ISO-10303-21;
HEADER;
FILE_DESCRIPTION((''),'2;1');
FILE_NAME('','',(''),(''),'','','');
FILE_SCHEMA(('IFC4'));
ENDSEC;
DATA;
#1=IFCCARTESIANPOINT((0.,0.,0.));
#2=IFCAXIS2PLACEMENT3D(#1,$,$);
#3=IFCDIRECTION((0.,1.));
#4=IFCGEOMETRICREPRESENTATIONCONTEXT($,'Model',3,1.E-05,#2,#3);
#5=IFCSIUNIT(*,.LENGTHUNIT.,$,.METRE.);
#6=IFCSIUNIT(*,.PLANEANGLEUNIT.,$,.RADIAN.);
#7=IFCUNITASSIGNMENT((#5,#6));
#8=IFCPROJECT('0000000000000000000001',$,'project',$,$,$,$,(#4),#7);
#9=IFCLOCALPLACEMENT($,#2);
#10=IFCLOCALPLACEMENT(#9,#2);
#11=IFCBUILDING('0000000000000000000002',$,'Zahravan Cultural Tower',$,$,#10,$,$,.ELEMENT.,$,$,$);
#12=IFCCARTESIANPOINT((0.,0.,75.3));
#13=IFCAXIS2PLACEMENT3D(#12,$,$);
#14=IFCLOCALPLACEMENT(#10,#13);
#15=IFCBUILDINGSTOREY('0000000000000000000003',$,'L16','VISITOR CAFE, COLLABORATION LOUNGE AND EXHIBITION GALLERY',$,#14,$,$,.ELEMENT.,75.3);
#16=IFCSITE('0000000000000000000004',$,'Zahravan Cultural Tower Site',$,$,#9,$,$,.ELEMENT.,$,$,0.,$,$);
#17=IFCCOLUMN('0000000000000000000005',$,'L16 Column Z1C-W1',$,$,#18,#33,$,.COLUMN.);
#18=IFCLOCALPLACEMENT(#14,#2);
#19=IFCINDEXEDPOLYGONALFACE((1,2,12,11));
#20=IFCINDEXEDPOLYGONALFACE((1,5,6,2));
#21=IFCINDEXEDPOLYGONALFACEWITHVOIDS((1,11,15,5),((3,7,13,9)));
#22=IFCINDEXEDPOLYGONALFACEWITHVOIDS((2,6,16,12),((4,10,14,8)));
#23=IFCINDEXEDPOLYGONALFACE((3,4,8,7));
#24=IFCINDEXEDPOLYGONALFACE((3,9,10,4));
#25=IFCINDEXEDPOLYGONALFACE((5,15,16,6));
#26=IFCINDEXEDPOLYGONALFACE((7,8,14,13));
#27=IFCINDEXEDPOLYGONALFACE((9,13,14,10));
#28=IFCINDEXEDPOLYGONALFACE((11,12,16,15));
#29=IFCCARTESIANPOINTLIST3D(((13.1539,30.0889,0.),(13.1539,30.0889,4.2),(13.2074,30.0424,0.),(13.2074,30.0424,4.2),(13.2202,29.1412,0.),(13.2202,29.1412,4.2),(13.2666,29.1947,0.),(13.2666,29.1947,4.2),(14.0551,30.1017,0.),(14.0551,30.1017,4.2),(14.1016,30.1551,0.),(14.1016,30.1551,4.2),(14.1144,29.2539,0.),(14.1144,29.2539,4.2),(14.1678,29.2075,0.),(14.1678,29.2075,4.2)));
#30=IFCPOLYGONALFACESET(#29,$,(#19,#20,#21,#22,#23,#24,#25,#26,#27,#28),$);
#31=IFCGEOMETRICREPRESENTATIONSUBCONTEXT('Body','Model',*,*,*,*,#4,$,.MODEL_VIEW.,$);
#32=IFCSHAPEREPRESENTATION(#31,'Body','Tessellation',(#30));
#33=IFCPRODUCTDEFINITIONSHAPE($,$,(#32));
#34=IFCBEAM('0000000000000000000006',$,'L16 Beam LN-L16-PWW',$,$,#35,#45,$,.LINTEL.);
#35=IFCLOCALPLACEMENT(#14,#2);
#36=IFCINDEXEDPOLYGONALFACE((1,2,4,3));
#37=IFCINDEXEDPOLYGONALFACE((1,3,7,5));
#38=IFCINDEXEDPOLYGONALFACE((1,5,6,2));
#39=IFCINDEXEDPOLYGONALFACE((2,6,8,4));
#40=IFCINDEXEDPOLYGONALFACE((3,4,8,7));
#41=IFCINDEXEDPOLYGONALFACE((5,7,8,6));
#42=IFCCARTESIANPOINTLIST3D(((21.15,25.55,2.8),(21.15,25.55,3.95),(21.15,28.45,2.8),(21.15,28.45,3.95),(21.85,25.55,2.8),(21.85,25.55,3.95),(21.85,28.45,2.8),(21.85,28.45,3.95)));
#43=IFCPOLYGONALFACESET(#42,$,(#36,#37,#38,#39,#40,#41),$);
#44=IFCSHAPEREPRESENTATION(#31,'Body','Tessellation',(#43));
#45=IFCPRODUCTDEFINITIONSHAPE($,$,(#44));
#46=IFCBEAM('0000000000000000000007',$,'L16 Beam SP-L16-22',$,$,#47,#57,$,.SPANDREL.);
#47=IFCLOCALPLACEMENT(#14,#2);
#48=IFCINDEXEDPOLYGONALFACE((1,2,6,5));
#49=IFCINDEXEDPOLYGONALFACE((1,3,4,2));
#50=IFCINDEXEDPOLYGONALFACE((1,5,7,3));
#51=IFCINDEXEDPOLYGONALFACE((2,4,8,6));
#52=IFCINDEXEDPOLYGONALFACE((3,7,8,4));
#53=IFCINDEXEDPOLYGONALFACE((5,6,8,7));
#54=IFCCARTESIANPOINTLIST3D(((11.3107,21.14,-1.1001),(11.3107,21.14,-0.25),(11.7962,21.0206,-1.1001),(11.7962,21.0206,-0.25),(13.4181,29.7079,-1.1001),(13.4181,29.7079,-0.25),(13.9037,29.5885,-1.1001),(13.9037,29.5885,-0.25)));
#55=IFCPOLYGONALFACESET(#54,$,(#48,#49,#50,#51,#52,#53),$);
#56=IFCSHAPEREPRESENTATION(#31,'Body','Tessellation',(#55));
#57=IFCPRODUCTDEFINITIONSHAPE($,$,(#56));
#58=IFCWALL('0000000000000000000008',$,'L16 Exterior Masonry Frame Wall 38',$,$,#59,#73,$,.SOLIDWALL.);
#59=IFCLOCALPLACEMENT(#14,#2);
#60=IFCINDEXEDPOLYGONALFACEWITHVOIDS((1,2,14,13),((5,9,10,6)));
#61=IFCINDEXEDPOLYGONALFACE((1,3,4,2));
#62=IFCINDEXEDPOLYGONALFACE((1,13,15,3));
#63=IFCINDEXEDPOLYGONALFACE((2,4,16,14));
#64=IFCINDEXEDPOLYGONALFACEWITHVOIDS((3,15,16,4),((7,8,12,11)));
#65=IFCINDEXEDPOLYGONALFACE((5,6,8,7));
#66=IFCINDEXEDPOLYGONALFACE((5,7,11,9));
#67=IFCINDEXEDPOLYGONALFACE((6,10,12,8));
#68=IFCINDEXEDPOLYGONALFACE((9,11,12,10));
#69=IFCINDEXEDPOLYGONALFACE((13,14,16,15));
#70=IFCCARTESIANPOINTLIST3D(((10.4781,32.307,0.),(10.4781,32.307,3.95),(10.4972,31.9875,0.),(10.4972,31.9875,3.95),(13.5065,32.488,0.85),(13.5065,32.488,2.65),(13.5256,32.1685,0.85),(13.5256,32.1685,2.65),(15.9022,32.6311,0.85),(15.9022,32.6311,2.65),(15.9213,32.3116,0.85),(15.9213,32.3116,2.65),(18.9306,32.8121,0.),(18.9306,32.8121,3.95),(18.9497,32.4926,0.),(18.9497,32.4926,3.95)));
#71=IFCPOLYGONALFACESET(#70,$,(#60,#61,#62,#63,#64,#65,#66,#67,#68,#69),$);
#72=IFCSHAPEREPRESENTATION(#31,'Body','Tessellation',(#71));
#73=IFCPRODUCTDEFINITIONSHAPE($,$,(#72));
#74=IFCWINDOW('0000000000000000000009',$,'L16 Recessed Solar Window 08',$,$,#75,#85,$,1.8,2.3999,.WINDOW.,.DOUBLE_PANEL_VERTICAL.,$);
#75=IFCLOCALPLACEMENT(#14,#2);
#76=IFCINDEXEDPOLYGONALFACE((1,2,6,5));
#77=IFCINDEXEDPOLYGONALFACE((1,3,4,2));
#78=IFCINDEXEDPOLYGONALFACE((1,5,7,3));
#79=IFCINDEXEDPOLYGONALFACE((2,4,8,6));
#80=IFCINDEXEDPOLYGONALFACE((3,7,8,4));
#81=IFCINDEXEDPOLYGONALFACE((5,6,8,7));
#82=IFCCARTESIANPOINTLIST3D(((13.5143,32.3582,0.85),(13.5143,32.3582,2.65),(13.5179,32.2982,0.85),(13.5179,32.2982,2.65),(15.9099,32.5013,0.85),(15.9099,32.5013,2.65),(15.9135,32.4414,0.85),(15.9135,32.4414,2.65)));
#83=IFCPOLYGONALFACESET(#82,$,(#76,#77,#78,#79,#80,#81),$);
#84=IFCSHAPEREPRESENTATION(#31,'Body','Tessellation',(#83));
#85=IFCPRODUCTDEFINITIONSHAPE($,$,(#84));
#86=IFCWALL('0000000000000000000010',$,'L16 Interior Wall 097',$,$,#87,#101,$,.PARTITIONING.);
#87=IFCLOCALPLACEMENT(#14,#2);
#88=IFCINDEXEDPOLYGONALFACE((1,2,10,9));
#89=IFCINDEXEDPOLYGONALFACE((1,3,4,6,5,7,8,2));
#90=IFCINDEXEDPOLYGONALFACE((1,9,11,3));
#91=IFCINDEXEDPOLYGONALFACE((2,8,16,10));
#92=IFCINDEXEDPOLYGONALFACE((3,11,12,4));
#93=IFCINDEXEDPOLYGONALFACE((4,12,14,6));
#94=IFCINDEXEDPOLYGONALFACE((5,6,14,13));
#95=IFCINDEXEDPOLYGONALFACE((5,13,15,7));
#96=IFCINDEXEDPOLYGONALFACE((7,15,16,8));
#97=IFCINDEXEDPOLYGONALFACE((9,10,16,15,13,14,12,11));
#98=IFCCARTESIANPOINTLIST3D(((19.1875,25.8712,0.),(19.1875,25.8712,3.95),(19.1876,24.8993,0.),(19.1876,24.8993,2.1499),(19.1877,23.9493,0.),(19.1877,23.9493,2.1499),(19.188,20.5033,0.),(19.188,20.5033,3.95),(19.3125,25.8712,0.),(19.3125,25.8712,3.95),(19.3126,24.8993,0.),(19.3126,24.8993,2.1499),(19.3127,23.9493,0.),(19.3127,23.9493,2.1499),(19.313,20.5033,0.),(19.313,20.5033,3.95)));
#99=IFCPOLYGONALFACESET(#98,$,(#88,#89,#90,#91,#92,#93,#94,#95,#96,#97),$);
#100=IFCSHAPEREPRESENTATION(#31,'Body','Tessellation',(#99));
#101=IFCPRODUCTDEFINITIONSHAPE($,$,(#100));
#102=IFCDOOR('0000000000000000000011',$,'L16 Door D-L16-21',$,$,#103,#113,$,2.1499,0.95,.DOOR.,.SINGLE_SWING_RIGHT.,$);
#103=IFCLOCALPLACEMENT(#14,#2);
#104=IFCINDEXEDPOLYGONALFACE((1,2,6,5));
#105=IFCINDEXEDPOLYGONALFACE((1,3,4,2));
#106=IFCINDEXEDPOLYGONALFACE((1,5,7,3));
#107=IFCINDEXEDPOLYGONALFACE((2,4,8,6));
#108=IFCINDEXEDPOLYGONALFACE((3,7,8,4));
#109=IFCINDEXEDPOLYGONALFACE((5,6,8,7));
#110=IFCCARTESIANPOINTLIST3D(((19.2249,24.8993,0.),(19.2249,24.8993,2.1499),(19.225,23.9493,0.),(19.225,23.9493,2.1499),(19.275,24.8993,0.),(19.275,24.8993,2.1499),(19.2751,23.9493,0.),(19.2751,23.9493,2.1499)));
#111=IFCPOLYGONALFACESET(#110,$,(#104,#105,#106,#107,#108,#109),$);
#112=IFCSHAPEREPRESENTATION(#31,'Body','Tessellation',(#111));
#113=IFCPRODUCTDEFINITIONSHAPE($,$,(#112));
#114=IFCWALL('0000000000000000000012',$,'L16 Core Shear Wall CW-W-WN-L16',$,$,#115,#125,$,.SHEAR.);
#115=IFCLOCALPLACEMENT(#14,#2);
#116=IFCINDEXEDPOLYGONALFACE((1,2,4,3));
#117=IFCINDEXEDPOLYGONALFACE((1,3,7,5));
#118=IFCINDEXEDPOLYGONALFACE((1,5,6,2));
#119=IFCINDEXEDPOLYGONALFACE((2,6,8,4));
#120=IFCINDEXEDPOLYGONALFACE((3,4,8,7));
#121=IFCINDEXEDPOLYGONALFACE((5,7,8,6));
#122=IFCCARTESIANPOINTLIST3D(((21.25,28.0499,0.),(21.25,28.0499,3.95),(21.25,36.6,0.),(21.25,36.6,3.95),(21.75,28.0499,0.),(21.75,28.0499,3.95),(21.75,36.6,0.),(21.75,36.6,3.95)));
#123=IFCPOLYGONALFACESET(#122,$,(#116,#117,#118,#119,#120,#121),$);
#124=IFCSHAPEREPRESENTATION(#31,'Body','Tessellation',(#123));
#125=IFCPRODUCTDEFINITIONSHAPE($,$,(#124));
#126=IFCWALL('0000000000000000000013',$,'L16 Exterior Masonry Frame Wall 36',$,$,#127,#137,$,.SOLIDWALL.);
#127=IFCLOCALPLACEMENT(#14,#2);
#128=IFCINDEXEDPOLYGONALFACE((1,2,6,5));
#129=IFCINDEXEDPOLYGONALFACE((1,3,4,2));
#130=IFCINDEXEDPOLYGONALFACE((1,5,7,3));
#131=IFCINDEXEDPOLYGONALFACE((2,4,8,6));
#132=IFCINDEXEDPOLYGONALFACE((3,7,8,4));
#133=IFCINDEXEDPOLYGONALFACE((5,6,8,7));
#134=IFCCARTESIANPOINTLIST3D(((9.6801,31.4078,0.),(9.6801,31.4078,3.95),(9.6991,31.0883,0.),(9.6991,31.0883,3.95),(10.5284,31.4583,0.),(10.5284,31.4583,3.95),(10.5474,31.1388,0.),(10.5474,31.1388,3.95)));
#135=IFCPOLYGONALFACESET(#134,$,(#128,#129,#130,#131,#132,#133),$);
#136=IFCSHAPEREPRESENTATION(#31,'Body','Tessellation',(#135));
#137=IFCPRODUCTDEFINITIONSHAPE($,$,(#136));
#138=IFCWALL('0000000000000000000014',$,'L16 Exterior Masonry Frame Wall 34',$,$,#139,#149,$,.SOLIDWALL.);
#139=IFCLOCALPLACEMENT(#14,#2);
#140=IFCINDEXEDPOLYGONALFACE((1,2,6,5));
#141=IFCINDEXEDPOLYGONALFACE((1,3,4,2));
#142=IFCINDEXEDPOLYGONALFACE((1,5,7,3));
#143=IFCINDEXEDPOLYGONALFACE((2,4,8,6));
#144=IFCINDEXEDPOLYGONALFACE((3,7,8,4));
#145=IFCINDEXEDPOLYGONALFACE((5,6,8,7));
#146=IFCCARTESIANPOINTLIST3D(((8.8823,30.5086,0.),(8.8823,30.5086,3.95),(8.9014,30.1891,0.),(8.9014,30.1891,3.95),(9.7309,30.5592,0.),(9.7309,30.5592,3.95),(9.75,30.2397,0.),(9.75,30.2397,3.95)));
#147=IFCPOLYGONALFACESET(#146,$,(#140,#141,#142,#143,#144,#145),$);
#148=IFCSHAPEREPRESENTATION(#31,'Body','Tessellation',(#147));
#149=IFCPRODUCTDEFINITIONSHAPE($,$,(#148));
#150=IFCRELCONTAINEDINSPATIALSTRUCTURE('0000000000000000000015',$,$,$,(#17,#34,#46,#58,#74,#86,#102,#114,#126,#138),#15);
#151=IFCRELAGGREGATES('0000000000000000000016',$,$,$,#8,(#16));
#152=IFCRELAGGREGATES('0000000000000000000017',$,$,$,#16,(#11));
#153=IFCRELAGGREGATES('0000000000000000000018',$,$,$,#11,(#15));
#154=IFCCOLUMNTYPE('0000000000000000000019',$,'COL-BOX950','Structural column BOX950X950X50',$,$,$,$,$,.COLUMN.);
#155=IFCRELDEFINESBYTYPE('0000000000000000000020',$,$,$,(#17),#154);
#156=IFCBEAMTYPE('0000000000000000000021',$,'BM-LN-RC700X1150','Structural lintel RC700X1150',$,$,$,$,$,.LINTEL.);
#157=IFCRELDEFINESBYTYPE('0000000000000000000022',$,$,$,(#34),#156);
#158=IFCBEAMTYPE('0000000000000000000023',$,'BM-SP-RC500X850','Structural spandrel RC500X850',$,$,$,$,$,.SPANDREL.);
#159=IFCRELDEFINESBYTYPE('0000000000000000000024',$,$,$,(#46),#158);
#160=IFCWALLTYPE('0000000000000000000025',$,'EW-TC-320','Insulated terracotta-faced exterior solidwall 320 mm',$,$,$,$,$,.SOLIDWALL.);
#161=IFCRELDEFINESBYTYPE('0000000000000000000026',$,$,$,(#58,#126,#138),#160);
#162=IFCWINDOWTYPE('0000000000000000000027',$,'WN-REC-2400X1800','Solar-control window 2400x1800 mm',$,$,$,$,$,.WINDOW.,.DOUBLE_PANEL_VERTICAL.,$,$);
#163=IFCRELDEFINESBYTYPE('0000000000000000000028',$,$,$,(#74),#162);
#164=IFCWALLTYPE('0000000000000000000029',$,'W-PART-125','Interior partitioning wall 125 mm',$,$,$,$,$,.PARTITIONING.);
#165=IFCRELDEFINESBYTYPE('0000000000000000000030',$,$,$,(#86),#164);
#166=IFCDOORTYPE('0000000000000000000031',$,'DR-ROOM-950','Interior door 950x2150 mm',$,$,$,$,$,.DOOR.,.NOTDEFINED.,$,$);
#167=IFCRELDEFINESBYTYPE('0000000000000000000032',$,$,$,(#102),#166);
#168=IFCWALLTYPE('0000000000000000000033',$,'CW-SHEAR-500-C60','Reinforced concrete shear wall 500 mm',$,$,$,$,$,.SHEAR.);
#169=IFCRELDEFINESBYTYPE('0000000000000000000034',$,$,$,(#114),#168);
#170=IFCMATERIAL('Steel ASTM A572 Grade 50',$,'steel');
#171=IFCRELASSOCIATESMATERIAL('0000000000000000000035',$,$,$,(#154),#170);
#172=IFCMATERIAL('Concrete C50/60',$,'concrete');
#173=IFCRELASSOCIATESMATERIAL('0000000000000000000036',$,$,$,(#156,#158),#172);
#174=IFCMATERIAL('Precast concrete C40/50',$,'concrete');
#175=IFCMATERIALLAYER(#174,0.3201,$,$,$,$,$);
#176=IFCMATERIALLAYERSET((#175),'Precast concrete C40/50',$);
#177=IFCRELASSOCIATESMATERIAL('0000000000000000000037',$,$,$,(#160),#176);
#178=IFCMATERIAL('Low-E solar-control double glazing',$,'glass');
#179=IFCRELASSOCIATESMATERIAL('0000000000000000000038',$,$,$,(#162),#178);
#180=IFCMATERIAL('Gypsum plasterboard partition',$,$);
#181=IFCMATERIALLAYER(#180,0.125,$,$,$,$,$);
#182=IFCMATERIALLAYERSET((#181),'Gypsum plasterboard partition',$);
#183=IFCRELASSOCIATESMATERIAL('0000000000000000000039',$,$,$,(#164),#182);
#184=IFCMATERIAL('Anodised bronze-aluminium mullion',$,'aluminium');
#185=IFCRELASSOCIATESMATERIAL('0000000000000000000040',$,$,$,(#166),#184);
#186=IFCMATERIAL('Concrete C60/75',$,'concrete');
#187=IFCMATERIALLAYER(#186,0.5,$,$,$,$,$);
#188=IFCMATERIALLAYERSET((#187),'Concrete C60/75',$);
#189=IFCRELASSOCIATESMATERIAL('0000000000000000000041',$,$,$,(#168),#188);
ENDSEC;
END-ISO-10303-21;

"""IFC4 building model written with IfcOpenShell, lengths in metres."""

from ifc_helpers import new_model, si_unit, direction, frame, frame_2d, origin, origin_2d, place, context, subcontext, project, spatial, rectangle, hollow_rectangle, extrude, source, transform, mapped, material, layer, layer_set, material_profile, profile_set, type_object, element, fill, save


model = new_model("IFC4")

# Units and contexts
model_context = context("Model", 3, precision=1e-05, world=origin(), true_north=direction((0.0, 1.0)))
body_context = subcontext(model_context, "Body", "Model", "MODEL_VIEW")
ifc_project = project(units=[si_unit("LENGTHUNIT", "METRE"), si_unit("PLANEANGLEUNIT", "RADIAN")], contexts=[model_context])

# Site, building, storey
site_placement = place(None, origin())
site = spatial("IfcSite", under=ifc_project, at=site_placement, Name="Zahravan Cultural Tower Site", CompositionType="ELEMENT", RefElevation=0.0)
building_placement = place(site_placement, origin())
building = spatial("IfcBuilding", under=site, at=building_placement, Name="Zahravan Cultural Tower", CompositionType="ELEMENT")
storey_placement = place(building_placement, frame((0.0, 0.0, 75.3)))
storey = spatial("IfcBuildingStorey", under=building, at=storey_placement, Name="L16", Description="VISITOR CAFE, COLLABORATION LOUNGE AND EXHIBITION GALLERY", CompositionType="ELEMENT", Elevation=75.3)

# Column
ifc_material_1 = material(Name="Steel ASTM A572 Grade 50", Category="steel")
ifc_material_profile_1 = material_profile(ifc_material_1, hollow_rectangle(XDim=0.95, YDim=0.95, WallThickness=0.05, at=origin_2d()), Name="BOX950X950X50")
ifc_profile_set_1 = profile_set([ifc_material_profile_1], Name="Steel ASTM A572 Grade 50")
column_type = type_object("IfcColumnType", Name="COL-BOX950", Description="Structural column BOX950X950X50", PredefinedType="COLUMN", material=ifc_profile_set_1)
shared_shape_1 = source(origin(), body_context, "Body", "SweptSolid", [
    extrude(hollow_rectangle(XDim=0.95, YDim=0.95, WallThickness=0.05, at=origin_2d()), origin(), (0.0, 0.0, 1.0), 4.2),
])
column_placement = place(storey_placement, frame((13.6609, 29.6482, 0.0), z_axis=(0.0, 0.0, 1.0), x_axis=(0.997564, 0.069756, 0.0)))
element("IfcColumn", 1, at=column_placement, inside=storey, type_object=column_type, Name="L16 Column Z1C-W1", PredefinedType="COLUMN", context=body_context, shape_type="MappedRepresentation", body=[
    mapped(shared_shape_1, transform((0.0, 0.0, 0.0), x_axis=(1.0, 0.0, 0.0), y_axis=(0.0, 1.0, 0.0), z_axis=(0.0, 0.0, 1.0), scale=1.0)),
])

# Beams
ifc_material_2 = material(Name="Concrete C50/60", Category="concrete")
ifc_material_profile_2 = material_profile(ifc_material_2, rectangle(XDim=0.7, YDim=1.1499, at=origin_2d()), Name="RC700X1150")
ifc_profile_set_2 = profile_set([ifc_material_profile_2], Name="Concrete C50/60")
beam_type_1 = type_object("IfcBeamType", Name="BM-LN-RC700X1150", Description="Structural lintel RC700X1150", PredefinedType="LINTEL", material=ifc_profile_set_2)
shared_shape_2 = source(origin(), body_context, "Body", "SweptSolid", [
    extrude(rectangle(XDim=0.7, YDim=1.1499, at=origin_2d()), origin(), (0.0, 0.0, 1.0), 2.8999),
])
beam_1_placement = place(storey_placement, frame((21.5, 25.55, 3.375), z_axis=(0.0, 1.0, 0.0), x_axis=(-1.0, 0.0, 0.0)))
element("IfcBeam", 2, at=beam_1_placement, inside=storey, type_object=beam_type_1, Name="L16 Beam LN-L16-PWW", PredefinedType="LINTEL", context=body_context, shape_type="MappedRepresentation", body=[
    mapped(shared_shape_2, transform((0.0, 0.0, 0.0), x_axis=(1.0, 0.0, 0.0), y_axis=(0.0, 1.0, 0.0), z_axis=(0.0, 0.0, 1.0), scale=1.0)),
])
ifc_material_profile_3 = material_profile(ifc_material_2, rectangle(XDim=0.5, YDim=0.8501, at=origin_2d()), Name="RC500X850")
ifc_profile_set_3 = profile_set([ifc_material_profile_3], Name="Concrete C50/60")
beam_type_2 = type_object("IfcBeamType", Name="BM-SP-RC500X850", Description="Structural spandrel RC500X850", PredefinedType="SPANDREL", material=ifc_profile_set_3)
shared_shape_3 = source(origin(), body_context, "Body", "SweptSolid", [
    extrude(rectangle(XDim=0.5, YDim=0.8501, at=origin_2d()), origin(), (0.0, 0.0, 1.0), 8.8232),
])
beam_2_placement = place(storey_placement, frame((13.6609, 29.6482, -0.675), z_axis=(-0.238849, -0.971057, 0.0), x_axis=(0.971057, -0.238849, 0.0)))
element("IfcBeam", 3, at=beam_2_placement, inside=storey, type_object=beam_type_2, Name="L16 Beam SP-L16-22", PredefinedType="SPANDREL", context=body_context, shape_type="MappedRepresentation", body=[
    mapped(shared_shape_3, transform((0.0, 0.0, 0.0), x_axis=(1.0, 0.0, 0.0), y_axis=(0.0, 1.0, 0.0), z_axis=(0.0, 0.0, 1.0), scale=1.0)),
])

# Wall, opening, window
ifc_material_3 = material(Name="Precast concrete C40/50", Category="concrete")
ifc_layer_1 = layer(ifc_material_3, 0.3201)
ifc_layer_set_1 = layer_set([ifc_layer_1], Name="Precast concrete C40/50")
wall_type_1 = type_object("IfcWallType", Name="EW-TC-320", Description="Insulated terracotta-faced exterior solidwall 320 mm", PredefinedType="SOLIDWALL", material=ifc_layer_set_1)
wall_1_placement = place(storey_placement, frame((10.4875, 32.1472, 0.0), z_axis=(0.0, 0.0, 1.0), x_axis=(0.998219, 0.059655, 0.0)))
wall_1 = element("IfcWall", 4, at=wall_1_placement, inside=storey, type_object=wall_type_1, Name="L16 Exterior Masonry Frame Wall 38", PredefinedType="SOLIDWALL", context=body_context, shape_type="SweptSolid", body=[
    extrude(rectangle(XDim=8.4675, YDim=0.3201, at=frame_2d((4.2339, 0.0))), origin(), (0.0, 0.0, 1.0), 3.95),
])
opening_1_placement = place(wall_1_placement, frame((3.0339, 0.0, 0.8501)))
opening_1 = element("IfcOpeningElement", 5, at=opening_1_placement, cuts=wall_1, PredefinedType="OPENING", context=body_context, shape_type="SweptSolid", body=[
    extrude(rectangle(XDim=2.3999, YDim=1.8, at=frame_2d((1.2, 0.8999))), frame((0.0, 0.1699, 0.0), z_axis=(0.0, -1.0, 0.0), x_axis=(1.0, 0.0, 0.0)), (0.0, 0.0, 1.0), 0.3401),
])
ifc_material_4 = material(Name="Low-E solar-control double glazing", Category="glass")
window_type = type_object("IfcWindowType", Name="WN-REC-2400X1800", Description="Solar-control window 2400x1800 mm", PartitioningType="DOUBLE_PANEL_VERTICAL", PredefinedType="WINDOW", material=ifc_material_4)
shared_shape_4 = source(origin(), body_context, "Body", "SweptSolid", [
    extrude(rectangle(XDim=2.3999, YDim=1.8, at=frame_2d((1.2, 0.8999))), frame((0.0, 0.03, 0.0), z_axis=(0.0, -1.0, 0.0), x_axis=(1.0, 0.0, 0.0)), (0.0, 0.0, 1.0), 0.0601),
])
window_placement = place(opening_1_placement, origin())
window = element("IfcWindow", 6, at=window_placement, inside=storey, type_object=window_type, Name="L16 Recessed Solar Window 08", OverallHeight=1.8, OverallWidth=2.3999, PartitioningType="DOUBLE_PANEL_VERTICAL", PredefinedType="WINDOW", context=body_context, shape_type="MappedRepresentation", body=[
    mapped(shared_shape_4, transform((0.0, 0.0, 0.0), x_axis=(1.0, 0.0, 0.0), y_axis=(0.0, 1.0, 0.0), z_axis=(0.0, 0.0, 1.0), scale=1.0)),
])
fill(opening_1, window)

# Wall, opening, door
ifc_material_5 = material(Name="Gypsum plasterboard partition")
ifc_layer_2 = layer(ifc_material_5, 0.125)
ifc_layer_set_2 = layer_set([ifc_layer_2], Name="Gypsum plasterboard partition")
wall_type_2 = type_object("IfcWallType", Name="W-PART-125", Description="Interior partitioning wall 125 mm", PredefinedType="PARTITIONING", material=ifc_layer_set_2)
wall_2_placement = place(storey_placement, frame((19.25, 25.8713, 0.0), z_axis=(0.0, 0.0, 1.0), x_axis=(0.000091, -1.0, 0.0)))
wall_2 = element("IfcWall", 7, at=wall_2_placement, inside=storey, type_object=wall_type_2, Name="L16 Interior Wall 097", PredefinedType="PARTITIONING", context=body_context, shape_type="SweptSolid", body=[
    extrude(rectangle(XDim=5.3679, YDim=0.125, at=frame_2d((2.6841, 0.0))), origin(), (0.0, 0.0, 1.0), 3.95),
])
opening_2_placement = place(wall_2_placement, frame((0.9719, 0.0, 0.0)))
opening_2 = element("IfcOpeningElement", 8, at=opening_2_placement, cuts=wall_2, PredefinedType="OPENING", context=body_context, shape_type="SweptSolid", body=[
    extrude(rectangle(XDim=0.95, YDim=2.1499, at=frame_2d((0.4751, 1.075))), frame((0.0, 0.0725, 0.0), z_axis=(0.0, -1.0, 0.0), x_axis=(1.0, 0.0, 0.0)), (0.0, 0.0, 1.0), 0.145),
])
ifc_material_6 = material(Name="Anodised bronze-aluminium mullion", Category="aluminium")
door_type = type_object("IfcDoorType", Name="DR-ROOM-950", Description="Interior door 950x2150 mm", OperationType="NOTDEFINED", PredefinedType="DOOR", material=ifc_material_6)
shared_shape_5 = source(origin(), body_context, "Body", "SweptSolid", [
    extrude(rectangle(XDim=0.95, YDim=2.1499, at=frame_2d((0.4751, 1.075))), frame((0.0, 0.0249, 0.0), z_axis=(0.0, -1.0, 0.0), x_axis=(1.0, 0.0, 0.0)), (0.0, 0.0, 1.0), 0.05),
])
door_placement = place(opening_2_placement, origin())
door = element("IfcDoor", 9, at=door_placement, inside=storey, type_object=door_type, Name="L16 Door D-L16-21", OperationType="SINGLE_SWING_RIGHT", OverallHeight=2.1499, OverallWidth=0.95, PredefinedType="DOOR", context=body_context, shape_type="MappedRepresentation", body=[
    mapped(shared_shape_5, transform((0.0, 0.0, 0.0), x_axis=(1.0, 0.0, 0.0), y_axis=(0.0, 1.0, 0.0), z_axis=(0.0, 0.0, 1.0), scale=1.0)),
])
fill(opening_2, door)

# Walls
ifc_material_7 = material(Name="Concrete C60/75", Category="concrete")
ifc_layer_3 = layer(ifc_material_7, 0.5)
ifc_layer_set_3 = layer_set([ifc_layer_3], Name="Concrete C60/75")
wall_type_3 = type_object("IfcWallType", Name="CW-SHEAR-500-C60", Description="Reinforced concrete shear wall 500 mm", PredefinedType="SHEAR", material=ifc_layer_set_3)
shared_shape_6 = source(origin(), body_context, "Body", "SweptSolid", [
    extrude(rectangle(XDim=8.55, YDim=0.5, at=frame_2d((4.2749, 0.0))), origin(), (0.0, 0.0, 1.0), 3.95),
])
wall_3_placement = place(storey_placement, frame((21.5, 28.05, 0.0), z_axis=(0.0, 0.0, 1.0), x_axis=(0.0, 1.0, 0.0)))
element("IfcWall", 10, at=wall_3_placement, inside=storey, type_object=wall_type_3, Name="L16 Core Shear Wall CW-W-WN-L16", PredefinedType="SHEAR", context=body_context, shape_type="MappedRepresentation", body=[
    mapped(shared_shape_6, transform((0.0, 0.0, 0.0), x_axis=(1.0, 0.0, 0.0), y_axis=(0.0, 1.0, 0.0), z_axis=(0.0, 0.0, 1.0), scale=1.0)),
])
shared_shape_7 = source(origin(), body_context, "Body", "SweptSolid", [
    extrude(rectangle(XDim=0.8499, YDim=0.3201, at=frame_2d((0.4248, 0.0))), origin(), (0.0, 0.0, 1.0), 3.95),
])
wall_4_placement = place(storey_placement, frame((9.6897, 31.248, 0.0), z_axis=(0.0, 0.0, 1.0), x_axis=(0.998231, 0.059463, 0.0)))
element("IfcWall", 11, at=wall_4_placement, inside=storey, type_object=wall_type_1, Name="L16 Exterior Masonry Frame Wall 36", PredefinedType="SOLIDWALL", context=body_context, shape_type="MappedRepresentation", body=[
    mapped(shared_shape_7, transform((0.0, 0.0, 0.0), x_axis=(1.0, 0.0, 0.0), y_axis=(0.0, 1.0, 0.0), z_axis=(0.0, 0.0, 1.0), scale=1.0)),
])
shared_shape_8 = source(origin(), body_context, "Body", "SweptSolid", [
    extrude(rectangle(XDim=0.8501, YDim=0.3201, at=frame_2d((0.425, 0.0))), origin(), (0.0, 0.0, 1.0), 3.95),
])
for number, where, z_axis, x_axis, name in (
    (12, (8.8918, 30.3489, 0.0), (0.0, 0.0, 1.0), (0.998232, 0.059446, 0.0), "L16 Exterior Masonry Frame Wall 34"),
):
    element("IfcWall", number, at=place(storey_placement, frame(where, z_axis=z_axis, x_axis=x_axis)), inside=storey, type_object=wall_type_1, Name=name, PredefinedType="SOLIDWALL", context=body_context, shape_type="MappedRepresentation", body=[
        mapped(shared_shape_8, transform((0.0, 0.0, 0.0), x_axis=(1.0, 0.0, 0.0), y_axis=(0.0, 1.0, 0.0), z_axis=(0.0, 0.0, 1.0), scale=1.0)),
    ])

save(model, "model.ifc")
